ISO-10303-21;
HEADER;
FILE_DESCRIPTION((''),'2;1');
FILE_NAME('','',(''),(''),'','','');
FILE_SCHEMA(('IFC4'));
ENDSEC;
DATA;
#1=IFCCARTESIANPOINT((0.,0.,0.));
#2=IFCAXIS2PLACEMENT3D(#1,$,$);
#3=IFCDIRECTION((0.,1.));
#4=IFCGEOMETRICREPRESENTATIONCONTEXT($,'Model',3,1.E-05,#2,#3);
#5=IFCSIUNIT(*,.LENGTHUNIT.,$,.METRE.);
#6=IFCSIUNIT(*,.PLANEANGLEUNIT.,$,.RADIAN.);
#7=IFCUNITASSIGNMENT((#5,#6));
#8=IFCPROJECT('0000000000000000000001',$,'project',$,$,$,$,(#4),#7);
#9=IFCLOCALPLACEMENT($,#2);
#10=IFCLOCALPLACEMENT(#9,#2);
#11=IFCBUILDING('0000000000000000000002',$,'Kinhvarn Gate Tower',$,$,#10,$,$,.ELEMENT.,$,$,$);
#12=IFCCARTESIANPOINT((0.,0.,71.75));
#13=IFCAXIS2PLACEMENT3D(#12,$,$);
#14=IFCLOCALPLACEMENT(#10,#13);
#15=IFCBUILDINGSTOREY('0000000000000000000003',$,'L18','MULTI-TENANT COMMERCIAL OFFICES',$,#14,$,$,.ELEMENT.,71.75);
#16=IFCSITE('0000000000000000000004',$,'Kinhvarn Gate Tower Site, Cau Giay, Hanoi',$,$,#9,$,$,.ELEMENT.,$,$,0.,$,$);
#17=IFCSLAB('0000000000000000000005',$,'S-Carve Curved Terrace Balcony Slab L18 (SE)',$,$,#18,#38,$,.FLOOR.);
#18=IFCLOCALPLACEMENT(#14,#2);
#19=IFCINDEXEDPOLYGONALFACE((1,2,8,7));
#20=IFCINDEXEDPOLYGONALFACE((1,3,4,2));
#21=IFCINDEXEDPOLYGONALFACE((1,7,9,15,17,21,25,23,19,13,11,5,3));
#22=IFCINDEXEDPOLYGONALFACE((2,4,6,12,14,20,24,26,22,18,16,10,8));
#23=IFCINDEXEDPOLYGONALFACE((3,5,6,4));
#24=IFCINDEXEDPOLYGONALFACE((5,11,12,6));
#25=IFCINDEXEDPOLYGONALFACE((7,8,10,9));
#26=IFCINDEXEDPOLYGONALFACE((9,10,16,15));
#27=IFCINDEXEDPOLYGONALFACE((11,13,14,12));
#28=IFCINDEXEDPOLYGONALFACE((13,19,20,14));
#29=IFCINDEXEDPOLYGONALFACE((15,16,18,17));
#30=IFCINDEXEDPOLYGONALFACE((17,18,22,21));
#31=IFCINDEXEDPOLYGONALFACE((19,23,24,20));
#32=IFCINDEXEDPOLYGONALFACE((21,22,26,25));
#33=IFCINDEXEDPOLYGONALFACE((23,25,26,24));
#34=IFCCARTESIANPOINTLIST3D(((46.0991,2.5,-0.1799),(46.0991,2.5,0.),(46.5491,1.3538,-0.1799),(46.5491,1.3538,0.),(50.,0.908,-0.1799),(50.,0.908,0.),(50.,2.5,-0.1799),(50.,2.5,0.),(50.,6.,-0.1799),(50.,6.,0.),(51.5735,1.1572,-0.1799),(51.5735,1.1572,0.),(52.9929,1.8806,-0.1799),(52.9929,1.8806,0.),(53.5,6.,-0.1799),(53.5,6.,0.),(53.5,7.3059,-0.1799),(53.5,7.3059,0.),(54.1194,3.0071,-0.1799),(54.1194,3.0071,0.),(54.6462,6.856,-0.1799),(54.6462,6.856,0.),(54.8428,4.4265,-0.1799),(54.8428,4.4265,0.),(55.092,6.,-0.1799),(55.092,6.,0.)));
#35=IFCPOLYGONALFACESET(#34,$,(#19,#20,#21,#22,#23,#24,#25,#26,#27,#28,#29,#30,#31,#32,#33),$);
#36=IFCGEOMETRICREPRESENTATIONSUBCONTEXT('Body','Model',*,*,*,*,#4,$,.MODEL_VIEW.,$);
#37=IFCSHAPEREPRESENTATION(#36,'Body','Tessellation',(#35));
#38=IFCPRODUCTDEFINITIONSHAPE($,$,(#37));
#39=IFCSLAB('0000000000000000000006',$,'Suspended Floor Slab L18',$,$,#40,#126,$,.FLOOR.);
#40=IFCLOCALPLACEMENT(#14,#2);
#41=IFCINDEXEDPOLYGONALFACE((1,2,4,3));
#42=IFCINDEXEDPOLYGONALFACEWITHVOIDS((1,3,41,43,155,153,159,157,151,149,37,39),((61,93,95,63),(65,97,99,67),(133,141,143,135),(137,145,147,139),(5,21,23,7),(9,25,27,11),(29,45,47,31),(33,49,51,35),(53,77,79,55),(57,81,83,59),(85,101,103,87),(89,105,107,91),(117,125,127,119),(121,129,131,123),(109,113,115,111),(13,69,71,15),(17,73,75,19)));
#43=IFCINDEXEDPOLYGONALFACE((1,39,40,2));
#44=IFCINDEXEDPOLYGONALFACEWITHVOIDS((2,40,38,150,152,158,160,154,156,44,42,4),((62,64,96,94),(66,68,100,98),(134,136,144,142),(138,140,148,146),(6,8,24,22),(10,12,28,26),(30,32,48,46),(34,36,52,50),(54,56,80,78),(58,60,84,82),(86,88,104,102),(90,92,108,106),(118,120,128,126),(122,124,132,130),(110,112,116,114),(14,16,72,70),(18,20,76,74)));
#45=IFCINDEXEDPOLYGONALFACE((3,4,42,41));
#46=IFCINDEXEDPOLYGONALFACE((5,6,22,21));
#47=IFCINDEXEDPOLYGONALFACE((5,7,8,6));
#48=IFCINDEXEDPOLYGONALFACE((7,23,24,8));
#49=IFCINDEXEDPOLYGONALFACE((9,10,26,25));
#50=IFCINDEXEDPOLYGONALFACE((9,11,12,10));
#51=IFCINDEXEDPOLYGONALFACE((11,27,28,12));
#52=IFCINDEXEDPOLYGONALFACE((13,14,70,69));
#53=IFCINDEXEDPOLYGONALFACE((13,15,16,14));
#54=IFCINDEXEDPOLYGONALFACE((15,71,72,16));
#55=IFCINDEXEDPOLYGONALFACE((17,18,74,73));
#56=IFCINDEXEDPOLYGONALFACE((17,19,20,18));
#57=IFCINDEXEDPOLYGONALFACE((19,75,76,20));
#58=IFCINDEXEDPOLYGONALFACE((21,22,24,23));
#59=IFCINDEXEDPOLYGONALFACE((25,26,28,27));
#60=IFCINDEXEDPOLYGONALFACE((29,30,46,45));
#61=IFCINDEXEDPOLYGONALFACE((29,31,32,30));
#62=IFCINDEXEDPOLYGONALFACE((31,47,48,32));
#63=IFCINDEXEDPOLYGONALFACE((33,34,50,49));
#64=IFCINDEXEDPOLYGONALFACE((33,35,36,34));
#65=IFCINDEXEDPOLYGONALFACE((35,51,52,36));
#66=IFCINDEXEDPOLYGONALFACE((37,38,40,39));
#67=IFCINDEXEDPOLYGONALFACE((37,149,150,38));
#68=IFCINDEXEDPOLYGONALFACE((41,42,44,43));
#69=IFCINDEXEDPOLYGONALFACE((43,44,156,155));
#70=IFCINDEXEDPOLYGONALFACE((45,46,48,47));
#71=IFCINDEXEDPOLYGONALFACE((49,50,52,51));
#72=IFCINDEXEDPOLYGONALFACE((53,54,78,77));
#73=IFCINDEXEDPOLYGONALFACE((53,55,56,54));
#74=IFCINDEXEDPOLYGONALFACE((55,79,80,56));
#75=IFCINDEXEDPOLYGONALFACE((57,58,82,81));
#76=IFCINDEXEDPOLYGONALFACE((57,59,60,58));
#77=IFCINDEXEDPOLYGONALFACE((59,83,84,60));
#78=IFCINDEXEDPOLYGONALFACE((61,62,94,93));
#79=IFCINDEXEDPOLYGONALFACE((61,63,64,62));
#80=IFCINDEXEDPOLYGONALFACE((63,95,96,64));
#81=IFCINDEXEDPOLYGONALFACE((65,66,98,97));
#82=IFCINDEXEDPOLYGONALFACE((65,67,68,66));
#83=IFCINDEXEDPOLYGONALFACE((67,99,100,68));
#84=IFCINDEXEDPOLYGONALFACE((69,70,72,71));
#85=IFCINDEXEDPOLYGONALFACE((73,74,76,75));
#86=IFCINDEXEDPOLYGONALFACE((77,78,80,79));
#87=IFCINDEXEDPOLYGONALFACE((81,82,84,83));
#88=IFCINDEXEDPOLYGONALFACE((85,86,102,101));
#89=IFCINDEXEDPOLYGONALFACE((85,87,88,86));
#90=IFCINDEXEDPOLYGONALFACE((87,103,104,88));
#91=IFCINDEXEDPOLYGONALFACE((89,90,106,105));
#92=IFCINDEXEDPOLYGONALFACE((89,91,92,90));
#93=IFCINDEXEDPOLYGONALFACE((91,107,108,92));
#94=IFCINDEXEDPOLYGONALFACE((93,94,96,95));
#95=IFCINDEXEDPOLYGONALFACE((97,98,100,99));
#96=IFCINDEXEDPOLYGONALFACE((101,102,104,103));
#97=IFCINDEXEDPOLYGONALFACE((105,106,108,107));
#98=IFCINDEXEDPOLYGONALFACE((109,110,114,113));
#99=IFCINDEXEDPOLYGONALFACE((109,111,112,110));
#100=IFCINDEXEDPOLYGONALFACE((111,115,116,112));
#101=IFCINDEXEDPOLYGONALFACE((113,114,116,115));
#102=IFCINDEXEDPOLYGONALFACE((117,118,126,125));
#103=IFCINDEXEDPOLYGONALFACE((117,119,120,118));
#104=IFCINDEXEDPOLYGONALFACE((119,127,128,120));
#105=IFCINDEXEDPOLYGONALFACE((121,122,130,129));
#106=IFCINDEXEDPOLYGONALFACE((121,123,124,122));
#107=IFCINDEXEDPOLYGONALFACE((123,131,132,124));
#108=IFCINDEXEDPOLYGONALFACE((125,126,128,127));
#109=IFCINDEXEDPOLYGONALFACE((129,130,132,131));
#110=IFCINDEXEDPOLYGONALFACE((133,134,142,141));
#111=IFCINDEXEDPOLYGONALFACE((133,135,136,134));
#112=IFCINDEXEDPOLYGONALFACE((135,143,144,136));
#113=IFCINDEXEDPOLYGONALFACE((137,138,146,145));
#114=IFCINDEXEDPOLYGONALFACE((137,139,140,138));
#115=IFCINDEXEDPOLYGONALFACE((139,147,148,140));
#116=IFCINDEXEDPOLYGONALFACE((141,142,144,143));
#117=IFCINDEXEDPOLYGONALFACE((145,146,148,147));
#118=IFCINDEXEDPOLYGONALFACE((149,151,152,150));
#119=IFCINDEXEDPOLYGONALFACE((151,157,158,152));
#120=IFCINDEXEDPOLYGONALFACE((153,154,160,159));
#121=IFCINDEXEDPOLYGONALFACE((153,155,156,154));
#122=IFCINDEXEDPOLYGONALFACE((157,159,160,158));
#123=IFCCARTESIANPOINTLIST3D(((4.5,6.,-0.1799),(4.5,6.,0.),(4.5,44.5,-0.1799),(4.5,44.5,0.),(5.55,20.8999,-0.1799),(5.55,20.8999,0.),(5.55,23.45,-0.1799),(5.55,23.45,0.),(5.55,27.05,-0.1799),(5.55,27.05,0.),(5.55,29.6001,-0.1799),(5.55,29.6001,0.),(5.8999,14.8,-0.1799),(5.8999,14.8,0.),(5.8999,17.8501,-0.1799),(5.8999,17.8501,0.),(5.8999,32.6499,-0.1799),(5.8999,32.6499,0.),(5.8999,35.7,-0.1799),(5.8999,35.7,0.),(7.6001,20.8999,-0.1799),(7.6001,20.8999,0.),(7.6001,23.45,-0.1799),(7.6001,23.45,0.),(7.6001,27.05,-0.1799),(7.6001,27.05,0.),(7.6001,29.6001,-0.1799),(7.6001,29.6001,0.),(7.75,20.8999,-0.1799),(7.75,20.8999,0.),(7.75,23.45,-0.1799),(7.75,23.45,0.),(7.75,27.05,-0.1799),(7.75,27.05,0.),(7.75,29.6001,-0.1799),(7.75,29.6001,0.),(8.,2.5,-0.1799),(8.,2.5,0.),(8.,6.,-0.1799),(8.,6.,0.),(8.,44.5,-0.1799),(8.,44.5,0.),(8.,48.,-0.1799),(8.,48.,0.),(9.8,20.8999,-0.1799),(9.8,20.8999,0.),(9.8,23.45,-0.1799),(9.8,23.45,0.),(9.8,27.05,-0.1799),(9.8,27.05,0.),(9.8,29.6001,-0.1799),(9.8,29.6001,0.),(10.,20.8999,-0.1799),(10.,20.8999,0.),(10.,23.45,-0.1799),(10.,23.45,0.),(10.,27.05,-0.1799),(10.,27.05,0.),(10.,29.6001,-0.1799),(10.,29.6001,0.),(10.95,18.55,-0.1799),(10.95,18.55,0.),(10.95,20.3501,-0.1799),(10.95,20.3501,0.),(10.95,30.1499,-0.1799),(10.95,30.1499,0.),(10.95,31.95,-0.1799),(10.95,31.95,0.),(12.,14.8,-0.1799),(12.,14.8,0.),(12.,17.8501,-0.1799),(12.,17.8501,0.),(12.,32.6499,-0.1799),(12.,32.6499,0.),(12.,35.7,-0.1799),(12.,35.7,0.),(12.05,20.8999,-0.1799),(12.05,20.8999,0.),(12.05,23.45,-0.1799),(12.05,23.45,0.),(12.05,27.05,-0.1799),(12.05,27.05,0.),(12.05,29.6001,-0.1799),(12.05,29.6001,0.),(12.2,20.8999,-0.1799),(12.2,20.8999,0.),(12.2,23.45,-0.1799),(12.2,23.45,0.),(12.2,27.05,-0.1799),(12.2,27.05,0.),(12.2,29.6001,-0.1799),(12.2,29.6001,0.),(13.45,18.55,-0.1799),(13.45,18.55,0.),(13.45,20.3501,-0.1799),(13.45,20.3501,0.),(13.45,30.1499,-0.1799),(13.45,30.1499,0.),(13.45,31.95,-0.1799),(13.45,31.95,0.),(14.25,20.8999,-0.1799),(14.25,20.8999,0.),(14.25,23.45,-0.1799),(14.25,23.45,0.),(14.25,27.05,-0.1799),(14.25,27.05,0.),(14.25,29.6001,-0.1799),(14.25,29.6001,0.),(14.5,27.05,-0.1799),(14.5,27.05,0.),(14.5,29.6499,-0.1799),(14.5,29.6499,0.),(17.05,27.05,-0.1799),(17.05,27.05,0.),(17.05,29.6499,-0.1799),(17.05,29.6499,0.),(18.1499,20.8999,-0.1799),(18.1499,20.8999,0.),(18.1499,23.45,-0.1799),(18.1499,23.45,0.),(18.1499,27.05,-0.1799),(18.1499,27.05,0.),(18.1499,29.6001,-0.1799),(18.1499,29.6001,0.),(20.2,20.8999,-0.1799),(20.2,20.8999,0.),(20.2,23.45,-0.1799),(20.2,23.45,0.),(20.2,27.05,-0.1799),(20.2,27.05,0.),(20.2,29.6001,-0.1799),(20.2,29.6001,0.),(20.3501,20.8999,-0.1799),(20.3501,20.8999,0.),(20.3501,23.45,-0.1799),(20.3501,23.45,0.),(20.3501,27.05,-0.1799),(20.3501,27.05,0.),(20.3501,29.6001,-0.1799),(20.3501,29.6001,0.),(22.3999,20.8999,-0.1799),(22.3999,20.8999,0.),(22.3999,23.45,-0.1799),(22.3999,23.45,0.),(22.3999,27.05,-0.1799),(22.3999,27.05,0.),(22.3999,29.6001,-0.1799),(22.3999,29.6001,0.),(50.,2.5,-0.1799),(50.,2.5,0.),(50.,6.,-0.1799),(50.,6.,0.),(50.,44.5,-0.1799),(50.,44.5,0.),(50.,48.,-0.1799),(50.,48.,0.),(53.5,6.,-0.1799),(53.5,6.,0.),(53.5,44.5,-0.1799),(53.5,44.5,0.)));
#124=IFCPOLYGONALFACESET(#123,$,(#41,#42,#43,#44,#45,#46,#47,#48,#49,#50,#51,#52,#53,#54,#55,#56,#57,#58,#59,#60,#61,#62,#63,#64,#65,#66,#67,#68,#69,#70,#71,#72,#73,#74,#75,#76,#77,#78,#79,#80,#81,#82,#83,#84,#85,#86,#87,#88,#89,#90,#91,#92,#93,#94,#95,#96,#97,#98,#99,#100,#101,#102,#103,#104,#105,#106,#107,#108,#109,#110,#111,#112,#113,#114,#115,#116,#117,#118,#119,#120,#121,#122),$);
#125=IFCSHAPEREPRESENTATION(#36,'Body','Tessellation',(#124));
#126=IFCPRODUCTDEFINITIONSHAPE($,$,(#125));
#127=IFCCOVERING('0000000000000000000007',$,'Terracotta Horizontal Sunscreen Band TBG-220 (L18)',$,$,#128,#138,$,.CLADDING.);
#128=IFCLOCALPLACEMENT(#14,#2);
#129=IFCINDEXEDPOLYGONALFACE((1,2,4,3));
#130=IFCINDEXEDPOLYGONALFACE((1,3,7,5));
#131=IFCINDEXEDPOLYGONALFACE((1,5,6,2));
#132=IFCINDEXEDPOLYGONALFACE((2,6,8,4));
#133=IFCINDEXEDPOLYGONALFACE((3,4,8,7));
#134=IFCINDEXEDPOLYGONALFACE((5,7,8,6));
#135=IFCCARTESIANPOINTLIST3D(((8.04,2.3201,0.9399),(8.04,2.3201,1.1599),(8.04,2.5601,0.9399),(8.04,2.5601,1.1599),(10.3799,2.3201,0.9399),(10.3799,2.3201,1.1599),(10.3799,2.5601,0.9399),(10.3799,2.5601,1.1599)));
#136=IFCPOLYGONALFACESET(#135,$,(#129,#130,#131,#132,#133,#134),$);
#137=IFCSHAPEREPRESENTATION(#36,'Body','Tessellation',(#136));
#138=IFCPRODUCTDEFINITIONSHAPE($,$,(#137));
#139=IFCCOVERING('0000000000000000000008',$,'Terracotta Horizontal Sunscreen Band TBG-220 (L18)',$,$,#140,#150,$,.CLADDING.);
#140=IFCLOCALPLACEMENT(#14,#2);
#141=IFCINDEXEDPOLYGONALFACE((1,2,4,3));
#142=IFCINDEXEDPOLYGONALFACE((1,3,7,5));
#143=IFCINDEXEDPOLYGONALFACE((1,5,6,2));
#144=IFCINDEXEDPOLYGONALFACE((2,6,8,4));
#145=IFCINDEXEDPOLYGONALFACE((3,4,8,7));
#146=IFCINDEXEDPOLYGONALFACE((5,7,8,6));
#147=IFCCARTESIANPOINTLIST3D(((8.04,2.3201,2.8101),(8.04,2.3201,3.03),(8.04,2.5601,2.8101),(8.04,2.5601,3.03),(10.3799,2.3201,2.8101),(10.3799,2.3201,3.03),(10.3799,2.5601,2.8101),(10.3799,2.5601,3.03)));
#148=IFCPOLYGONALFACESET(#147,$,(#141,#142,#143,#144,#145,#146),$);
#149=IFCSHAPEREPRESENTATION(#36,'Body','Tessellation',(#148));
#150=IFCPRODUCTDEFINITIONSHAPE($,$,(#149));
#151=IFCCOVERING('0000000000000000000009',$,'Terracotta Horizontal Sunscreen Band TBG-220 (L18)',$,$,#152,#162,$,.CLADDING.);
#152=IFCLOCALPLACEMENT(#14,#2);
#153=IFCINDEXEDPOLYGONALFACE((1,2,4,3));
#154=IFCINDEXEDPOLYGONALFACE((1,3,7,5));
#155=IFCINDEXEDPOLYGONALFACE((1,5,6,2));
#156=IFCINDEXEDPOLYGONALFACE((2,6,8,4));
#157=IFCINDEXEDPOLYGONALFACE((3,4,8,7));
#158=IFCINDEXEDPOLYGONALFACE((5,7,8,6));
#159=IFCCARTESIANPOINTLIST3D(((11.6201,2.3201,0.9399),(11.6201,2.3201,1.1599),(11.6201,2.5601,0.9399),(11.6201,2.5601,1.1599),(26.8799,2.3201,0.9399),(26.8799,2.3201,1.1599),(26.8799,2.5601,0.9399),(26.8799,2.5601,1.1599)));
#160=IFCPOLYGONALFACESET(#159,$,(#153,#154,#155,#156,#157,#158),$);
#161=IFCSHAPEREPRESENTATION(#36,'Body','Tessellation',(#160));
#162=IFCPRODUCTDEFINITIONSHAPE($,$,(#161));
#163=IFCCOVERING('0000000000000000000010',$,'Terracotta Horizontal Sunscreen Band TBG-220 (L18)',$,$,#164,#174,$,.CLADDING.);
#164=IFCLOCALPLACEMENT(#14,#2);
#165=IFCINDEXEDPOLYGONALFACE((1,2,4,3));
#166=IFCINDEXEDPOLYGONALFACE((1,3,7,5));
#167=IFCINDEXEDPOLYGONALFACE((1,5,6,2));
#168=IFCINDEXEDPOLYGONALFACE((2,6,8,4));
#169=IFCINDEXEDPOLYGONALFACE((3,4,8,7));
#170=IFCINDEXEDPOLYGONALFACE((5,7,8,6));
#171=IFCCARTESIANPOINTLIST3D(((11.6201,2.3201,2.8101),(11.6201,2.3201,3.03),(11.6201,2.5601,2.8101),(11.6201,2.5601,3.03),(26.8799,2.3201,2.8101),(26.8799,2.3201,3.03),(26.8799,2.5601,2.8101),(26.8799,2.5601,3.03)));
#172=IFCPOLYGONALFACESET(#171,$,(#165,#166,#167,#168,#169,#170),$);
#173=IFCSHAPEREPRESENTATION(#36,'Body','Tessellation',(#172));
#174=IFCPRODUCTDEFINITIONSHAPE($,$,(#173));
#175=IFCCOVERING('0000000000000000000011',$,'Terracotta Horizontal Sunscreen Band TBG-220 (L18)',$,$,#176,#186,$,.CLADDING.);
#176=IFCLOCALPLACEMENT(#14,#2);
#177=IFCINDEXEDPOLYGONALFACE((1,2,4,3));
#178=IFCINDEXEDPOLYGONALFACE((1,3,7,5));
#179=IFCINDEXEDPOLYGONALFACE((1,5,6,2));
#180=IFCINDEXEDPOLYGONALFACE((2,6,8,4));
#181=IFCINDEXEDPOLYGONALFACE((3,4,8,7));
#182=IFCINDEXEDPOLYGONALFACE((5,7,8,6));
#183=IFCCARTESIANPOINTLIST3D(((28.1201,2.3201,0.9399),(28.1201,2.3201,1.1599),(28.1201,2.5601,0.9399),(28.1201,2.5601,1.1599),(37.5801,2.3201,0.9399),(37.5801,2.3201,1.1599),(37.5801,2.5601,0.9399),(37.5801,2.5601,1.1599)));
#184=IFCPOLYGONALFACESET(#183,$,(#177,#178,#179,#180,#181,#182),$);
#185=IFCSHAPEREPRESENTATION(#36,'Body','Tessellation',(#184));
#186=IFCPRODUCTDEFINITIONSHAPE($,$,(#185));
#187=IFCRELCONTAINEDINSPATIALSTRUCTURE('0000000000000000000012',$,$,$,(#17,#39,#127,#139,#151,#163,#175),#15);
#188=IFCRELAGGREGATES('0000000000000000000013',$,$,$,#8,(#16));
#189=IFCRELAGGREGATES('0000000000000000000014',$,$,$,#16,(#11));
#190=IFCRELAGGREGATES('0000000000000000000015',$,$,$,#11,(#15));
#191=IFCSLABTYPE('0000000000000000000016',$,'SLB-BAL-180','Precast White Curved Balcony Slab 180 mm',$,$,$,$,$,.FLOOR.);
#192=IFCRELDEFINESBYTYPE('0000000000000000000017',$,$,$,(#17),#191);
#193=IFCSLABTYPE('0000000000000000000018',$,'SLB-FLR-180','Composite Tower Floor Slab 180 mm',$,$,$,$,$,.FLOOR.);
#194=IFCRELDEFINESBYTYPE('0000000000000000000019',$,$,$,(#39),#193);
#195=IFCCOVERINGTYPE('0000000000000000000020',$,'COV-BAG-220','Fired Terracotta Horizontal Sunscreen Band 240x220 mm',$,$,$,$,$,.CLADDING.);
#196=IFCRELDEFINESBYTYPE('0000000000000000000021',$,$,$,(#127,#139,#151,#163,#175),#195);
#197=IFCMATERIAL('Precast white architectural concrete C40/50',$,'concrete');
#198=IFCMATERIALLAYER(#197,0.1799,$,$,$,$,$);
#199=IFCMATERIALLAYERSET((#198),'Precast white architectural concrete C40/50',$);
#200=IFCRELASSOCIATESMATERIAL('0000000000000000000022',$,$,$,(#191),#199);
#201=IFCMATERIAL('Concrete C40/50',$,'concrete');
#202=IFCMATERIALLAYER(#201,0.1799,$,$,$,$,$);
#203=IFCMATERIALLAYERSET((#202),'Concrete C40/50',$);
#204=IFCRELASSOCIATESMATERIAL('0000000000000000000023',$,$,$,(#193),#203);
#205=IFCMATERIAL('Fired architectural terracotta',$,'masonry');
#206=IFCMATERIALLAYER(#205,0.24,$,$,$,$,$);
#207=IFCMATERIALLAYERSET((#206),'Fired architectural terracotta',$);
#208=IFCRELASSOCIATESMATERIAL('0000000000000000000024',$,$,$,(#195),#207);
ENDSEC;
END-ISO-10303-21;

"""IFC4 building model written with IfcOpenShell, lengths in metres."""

from ifc_helpers import new_model, si_unit, direction, frame, origin, place, context, subcontext, project, spatial, polyline, outline, extrude, material, layer, layer_set, type_object, element, save


model = new_model("IFC4")

# Units and contexts
model_context = context("Model", 3, precision=1e-05, world=origin(), true_north=direction((0.0, 1.0)))
body_context = subcontext(model_context, "Body", "Model", "MODEL_VIEW")
ifc_project = project(units=[si_unit("LENGTHUNIT", "METRE"), si_unit("PLANEANGLEUNIT", "RADIAN")], contexts=[model_context])

# Site, building, storey
site_placement = place(None, origin())
site = spatial("IfcSite", under=ifc_project, at=site_placement, Name="Kinhvarn Gate Tower Site, Cau Giay, Hanoi", CompositionType="ELEMENT", RefElevation=0.0)
building_placement = place(site_placement, origin())
building = spatial("IfcBuilding", under=site, at=building_placement, Name="Kinhvarn Gate Tower", CompositionType="ELEMENT")
storey_placement = place(building_placement, frame((0.0, 0.0, 71.75)))
storey = spatial("IfcBuildingStorey", under=building, at=storey_placement, Name="L18", Description="MULTI-TENANT COMMERCIAL OFFICES", CompositionType="ELEMENT", Elevation=71.75)

# Slabs
ifc_material_1 = material(Name="Precast white architectural concrete C40/50", Category="concrete")
ifc_layer_1 = layer(ifc_material_1, 0.1799)
ifc_layer_set_1 = layer_set([ifc_layer_1], Name="Precast white architectural concrete C40/50")
slab_type_1 = type_object("IfcSlabType", Name="SLB-BAL-180", Description="Precast White Curved Balcony Slab 180 mm", PredefinedType="FLOOR", material=ifc_layer_set_1)
slab_1_placement = place(storey_placement, frame((0.0, 0.0, -0.1799)))
element("IfcSlab", 1, at=slab_1_placement, inside=storey, type_object=slab_type_1, Name="S-Carve Curved Terrace Balcony Slab L18 (SE)", PredefinedType="FLOOR", context=body_context, shape_type="SweptSolid", body=[
    extrude(outline(polyline([(46.0991, 2.5), (46.5491, 1.3538), (50.0, 0.908), (51.5735, 1.1572), (52.9929, 1.8806), (54.1194, 3.0071), (54.8428, 4.4265), (55.092, 6.0), (54.6462, 6.856), (53.5, 7.3059), (53.5, 6.0), (50.0, 6.0), (50.0, 2.5), (46.0991, 2.5)])), origin(), (0.0, 0.0, 1.0), 0.1799),
])
ifc_material_2 = material(Name="Concrete C40/50", Category="concrete")
ifc_layer_2 = layer(ifc_material_2, 0.1799)
ifc_layer_set_2 = layer_set([ifc_layer_2], Name="Concrete C40/50")
slab_type_2 = type_object("IfcSlabType", Name="SLB-FLR-180", Description="Composite Tower Floor Slab 180 mm", PredefinedType="FLOOR", material=ifc_layer_set_2)
slab_2_placement = place(storey_placement, frame((0.0, 0.0, -0.1799)))
element("IfcSlab", 2, at=slab_2_placement, inside=storey, type_object=slab_type_2, Name="Suspended Floor Slab L18", PredefinedType="FLOOR", context=body_context, shape_type="SweptSolid", body=[
    extrude(outline(polyline([(8.0, 2.5), (50.0, 2.5), (50.0, 6.0), (53.5, 6.0), (53.5, 44.5), (50.0, 44.5), (50.0, 48.0), (8.0, 48.0), (8.0, 44.5), (4.5, 44.5), (4.5, 6.0), (8.0, 6.0), (8.0, 2.5)]), holes=[polyline([(5.8999, 14.8), (12.0, 14.8), (12.0, 17.8501), (5.8999, 17.8501), (5.8999, 14.8)]), polyline([(5.8999, 32.6499), (12.0, 32.6499), (12.0, 35.7), (5.8999, 35.7), (5.8999, 32.6499)]), polyline([(18.1499, 20.8999), (20.2, 20.8999), (20.2, 23.45), (18.1499, 23.45), (18.1499, 20.8999)]), polyline([(20.3501, 20.8999), (22.3999, 20.8999), (22.3999, 23.45), (20.3501, 23.45), (20.3501, 20.8999)]), polyline([(18.1499, 27.05), (20.2, 27.05), (20.2, 29.6001), (18.1499, 29.6001), (18.1499, 27.05)]), polyline([(20.3501, 27.05), (22.3999, 27.05), (22.3999, 29.6001), (20.3501, 29.6001), (20.3501, 27.05)]), polyline([(5.55, 20.8999), (7.6001, 20.8999), (7.6001, 23.45), (5.55, 23.45), (5.55, 20.8999)]), polyline([(7.75, 20.8999), (9.8, 20.8999), (9.8, 23.45), (7.75, 23.45), (7.75, 20.8999)]), polyline([(5.55, 27.05), (7.6001, 27.05), (7.6001, 29.6001), (5.55, 29.6001), (5.55, 27.05)]), polyline([(7.75, 27.05), (9.8, 27.05), (9.8, 29.6001), (7.75, 29.6001), (7.75, 27.05)]), polyline([(10.0, 20.8999), (12.05, 20.8999), (12.05, 23.45), (10.0, 23.45), (10.0, 20.8999)]), polyline([(12.2, 20.8999), (14.25, 20.8999), (14.25, 23.45), (12.2, 23.45), (12.2, 20.8999)]), polyline([(10.0, 27.05), (12.05, 27.05), (12.05, 29.6001), (10.0, 29.6001), (10.0, 27.05)]), polyline([(12.2, 27.05), (14.25, 27.05), (14.25, 29.6001), (12.2, 29.6001), (12.2, 27.05)]), polyline([(14.5, 27.05), (17.05, 27.05), (17.05, 29.6499), (14.5, 29.6499), (14.5, 27.05)]), polyline([(10.95, 18.55), (13.45, 18.55), (13.45, 20.3501), (10.95, 20.3501), (10.95, 18.55)]), polyline([(10.95, 30.1499), (13.45, 30.1499), (13.45, 31.95), (10.95, 31.95), (10.95, 30.1499)])]), origin(), (0.0, 0.0, 1.0), 0.1799),
])

# Coverings
ifc_material_3 = material(Name="Fired architectural terracotta", Category="masonry")
ifc_layer_3 = layer(ifc_material_3, 0.24)
ifc_layer_set_3 = layer_set([ifc_layer_3], Name="Fired architectural terracotta")
covering_type_1 = type_object("IfcCoveringType", Name="COV-BAG-220", Description="Fired Terracotta Horizontal Sunscreen Band 240x220 mm", PredefinedType="CLADDING", material=ifc_layer_set_3)
for number, where, name in (
    (3, (0.0, 0.0, 0.9399), "Terracotta Horizontal Sunscreen Band TBG-220 (L18)"),
    (4, (0.0, 0.0, 2.8101), "Terracotta Horizontal Sunscreen Band TBG-220 (L18)"),
):
    element("IfcCovering", number, at=place(storey_placement, frame(where)), inside=storey, type_object=covering_type_1, Name=name, PredefinedType="CLADDING", context=body_context, shape_type="SweptSolid", body=[
        extrude(outline(polyline([(8.04, 2.5601), (10.3799, 2.5601), (10.3799, 2.3201), (8.04, 2.3201), (8.04, 2.5601)])), origin(), (0.0, 0.0, 1.0), 0.22),
    ])
for number, where, name in (
    (5, (0.0, 0.0, 0.9399), "Terracotta Horizontal Sunscreen Band TBG-220 (L18)"),
    (6, (0.0, 0.0, 2.8101), "Terracotta Horizontal Sunscreen Band TBG-220 (L18)"),
):
    element("IfcCovering", number, at=place(storey_placement, frame(where)), inside=storey, type_object=covering_type_1, Name=name, PredefinedType="CLADDING", context=body_context, shape_type="SweptSolid", body=[
        extrude(outline(polyline([(11.6201, 2.5601), (26.8799, 2.5601), (26.8799, 2.3201), (11.6201, 2.3201), (11.6201, 2.5601)])), origin(), (0.0, 0.0, 1.0), 0.22),
    ])
for number, where, name in (
    (7, (0.0, 0.0, 0.9399), "Terracotta Horizontal Sunscreen Band TBG-220 (L18)"),
):
    element("IfcCovering", number, at=place(storey_placement, frame(where)), inside=storey, type_object=covering_type_1, Name=name, PredefinedType="CLADDING", context=body_context, shape_type="SweptSolid", body=[
        extrude(outline(polyline([(28.1201, 2.5601), (37.5801, 2.5601), (37.5801, 2.3201), (28.1201, 2.3201), (28.1201, 2.5601)])), origin(), (0.0, 0.0, 1.0), 0.22),
    ])

save(model, "model.ifc")
